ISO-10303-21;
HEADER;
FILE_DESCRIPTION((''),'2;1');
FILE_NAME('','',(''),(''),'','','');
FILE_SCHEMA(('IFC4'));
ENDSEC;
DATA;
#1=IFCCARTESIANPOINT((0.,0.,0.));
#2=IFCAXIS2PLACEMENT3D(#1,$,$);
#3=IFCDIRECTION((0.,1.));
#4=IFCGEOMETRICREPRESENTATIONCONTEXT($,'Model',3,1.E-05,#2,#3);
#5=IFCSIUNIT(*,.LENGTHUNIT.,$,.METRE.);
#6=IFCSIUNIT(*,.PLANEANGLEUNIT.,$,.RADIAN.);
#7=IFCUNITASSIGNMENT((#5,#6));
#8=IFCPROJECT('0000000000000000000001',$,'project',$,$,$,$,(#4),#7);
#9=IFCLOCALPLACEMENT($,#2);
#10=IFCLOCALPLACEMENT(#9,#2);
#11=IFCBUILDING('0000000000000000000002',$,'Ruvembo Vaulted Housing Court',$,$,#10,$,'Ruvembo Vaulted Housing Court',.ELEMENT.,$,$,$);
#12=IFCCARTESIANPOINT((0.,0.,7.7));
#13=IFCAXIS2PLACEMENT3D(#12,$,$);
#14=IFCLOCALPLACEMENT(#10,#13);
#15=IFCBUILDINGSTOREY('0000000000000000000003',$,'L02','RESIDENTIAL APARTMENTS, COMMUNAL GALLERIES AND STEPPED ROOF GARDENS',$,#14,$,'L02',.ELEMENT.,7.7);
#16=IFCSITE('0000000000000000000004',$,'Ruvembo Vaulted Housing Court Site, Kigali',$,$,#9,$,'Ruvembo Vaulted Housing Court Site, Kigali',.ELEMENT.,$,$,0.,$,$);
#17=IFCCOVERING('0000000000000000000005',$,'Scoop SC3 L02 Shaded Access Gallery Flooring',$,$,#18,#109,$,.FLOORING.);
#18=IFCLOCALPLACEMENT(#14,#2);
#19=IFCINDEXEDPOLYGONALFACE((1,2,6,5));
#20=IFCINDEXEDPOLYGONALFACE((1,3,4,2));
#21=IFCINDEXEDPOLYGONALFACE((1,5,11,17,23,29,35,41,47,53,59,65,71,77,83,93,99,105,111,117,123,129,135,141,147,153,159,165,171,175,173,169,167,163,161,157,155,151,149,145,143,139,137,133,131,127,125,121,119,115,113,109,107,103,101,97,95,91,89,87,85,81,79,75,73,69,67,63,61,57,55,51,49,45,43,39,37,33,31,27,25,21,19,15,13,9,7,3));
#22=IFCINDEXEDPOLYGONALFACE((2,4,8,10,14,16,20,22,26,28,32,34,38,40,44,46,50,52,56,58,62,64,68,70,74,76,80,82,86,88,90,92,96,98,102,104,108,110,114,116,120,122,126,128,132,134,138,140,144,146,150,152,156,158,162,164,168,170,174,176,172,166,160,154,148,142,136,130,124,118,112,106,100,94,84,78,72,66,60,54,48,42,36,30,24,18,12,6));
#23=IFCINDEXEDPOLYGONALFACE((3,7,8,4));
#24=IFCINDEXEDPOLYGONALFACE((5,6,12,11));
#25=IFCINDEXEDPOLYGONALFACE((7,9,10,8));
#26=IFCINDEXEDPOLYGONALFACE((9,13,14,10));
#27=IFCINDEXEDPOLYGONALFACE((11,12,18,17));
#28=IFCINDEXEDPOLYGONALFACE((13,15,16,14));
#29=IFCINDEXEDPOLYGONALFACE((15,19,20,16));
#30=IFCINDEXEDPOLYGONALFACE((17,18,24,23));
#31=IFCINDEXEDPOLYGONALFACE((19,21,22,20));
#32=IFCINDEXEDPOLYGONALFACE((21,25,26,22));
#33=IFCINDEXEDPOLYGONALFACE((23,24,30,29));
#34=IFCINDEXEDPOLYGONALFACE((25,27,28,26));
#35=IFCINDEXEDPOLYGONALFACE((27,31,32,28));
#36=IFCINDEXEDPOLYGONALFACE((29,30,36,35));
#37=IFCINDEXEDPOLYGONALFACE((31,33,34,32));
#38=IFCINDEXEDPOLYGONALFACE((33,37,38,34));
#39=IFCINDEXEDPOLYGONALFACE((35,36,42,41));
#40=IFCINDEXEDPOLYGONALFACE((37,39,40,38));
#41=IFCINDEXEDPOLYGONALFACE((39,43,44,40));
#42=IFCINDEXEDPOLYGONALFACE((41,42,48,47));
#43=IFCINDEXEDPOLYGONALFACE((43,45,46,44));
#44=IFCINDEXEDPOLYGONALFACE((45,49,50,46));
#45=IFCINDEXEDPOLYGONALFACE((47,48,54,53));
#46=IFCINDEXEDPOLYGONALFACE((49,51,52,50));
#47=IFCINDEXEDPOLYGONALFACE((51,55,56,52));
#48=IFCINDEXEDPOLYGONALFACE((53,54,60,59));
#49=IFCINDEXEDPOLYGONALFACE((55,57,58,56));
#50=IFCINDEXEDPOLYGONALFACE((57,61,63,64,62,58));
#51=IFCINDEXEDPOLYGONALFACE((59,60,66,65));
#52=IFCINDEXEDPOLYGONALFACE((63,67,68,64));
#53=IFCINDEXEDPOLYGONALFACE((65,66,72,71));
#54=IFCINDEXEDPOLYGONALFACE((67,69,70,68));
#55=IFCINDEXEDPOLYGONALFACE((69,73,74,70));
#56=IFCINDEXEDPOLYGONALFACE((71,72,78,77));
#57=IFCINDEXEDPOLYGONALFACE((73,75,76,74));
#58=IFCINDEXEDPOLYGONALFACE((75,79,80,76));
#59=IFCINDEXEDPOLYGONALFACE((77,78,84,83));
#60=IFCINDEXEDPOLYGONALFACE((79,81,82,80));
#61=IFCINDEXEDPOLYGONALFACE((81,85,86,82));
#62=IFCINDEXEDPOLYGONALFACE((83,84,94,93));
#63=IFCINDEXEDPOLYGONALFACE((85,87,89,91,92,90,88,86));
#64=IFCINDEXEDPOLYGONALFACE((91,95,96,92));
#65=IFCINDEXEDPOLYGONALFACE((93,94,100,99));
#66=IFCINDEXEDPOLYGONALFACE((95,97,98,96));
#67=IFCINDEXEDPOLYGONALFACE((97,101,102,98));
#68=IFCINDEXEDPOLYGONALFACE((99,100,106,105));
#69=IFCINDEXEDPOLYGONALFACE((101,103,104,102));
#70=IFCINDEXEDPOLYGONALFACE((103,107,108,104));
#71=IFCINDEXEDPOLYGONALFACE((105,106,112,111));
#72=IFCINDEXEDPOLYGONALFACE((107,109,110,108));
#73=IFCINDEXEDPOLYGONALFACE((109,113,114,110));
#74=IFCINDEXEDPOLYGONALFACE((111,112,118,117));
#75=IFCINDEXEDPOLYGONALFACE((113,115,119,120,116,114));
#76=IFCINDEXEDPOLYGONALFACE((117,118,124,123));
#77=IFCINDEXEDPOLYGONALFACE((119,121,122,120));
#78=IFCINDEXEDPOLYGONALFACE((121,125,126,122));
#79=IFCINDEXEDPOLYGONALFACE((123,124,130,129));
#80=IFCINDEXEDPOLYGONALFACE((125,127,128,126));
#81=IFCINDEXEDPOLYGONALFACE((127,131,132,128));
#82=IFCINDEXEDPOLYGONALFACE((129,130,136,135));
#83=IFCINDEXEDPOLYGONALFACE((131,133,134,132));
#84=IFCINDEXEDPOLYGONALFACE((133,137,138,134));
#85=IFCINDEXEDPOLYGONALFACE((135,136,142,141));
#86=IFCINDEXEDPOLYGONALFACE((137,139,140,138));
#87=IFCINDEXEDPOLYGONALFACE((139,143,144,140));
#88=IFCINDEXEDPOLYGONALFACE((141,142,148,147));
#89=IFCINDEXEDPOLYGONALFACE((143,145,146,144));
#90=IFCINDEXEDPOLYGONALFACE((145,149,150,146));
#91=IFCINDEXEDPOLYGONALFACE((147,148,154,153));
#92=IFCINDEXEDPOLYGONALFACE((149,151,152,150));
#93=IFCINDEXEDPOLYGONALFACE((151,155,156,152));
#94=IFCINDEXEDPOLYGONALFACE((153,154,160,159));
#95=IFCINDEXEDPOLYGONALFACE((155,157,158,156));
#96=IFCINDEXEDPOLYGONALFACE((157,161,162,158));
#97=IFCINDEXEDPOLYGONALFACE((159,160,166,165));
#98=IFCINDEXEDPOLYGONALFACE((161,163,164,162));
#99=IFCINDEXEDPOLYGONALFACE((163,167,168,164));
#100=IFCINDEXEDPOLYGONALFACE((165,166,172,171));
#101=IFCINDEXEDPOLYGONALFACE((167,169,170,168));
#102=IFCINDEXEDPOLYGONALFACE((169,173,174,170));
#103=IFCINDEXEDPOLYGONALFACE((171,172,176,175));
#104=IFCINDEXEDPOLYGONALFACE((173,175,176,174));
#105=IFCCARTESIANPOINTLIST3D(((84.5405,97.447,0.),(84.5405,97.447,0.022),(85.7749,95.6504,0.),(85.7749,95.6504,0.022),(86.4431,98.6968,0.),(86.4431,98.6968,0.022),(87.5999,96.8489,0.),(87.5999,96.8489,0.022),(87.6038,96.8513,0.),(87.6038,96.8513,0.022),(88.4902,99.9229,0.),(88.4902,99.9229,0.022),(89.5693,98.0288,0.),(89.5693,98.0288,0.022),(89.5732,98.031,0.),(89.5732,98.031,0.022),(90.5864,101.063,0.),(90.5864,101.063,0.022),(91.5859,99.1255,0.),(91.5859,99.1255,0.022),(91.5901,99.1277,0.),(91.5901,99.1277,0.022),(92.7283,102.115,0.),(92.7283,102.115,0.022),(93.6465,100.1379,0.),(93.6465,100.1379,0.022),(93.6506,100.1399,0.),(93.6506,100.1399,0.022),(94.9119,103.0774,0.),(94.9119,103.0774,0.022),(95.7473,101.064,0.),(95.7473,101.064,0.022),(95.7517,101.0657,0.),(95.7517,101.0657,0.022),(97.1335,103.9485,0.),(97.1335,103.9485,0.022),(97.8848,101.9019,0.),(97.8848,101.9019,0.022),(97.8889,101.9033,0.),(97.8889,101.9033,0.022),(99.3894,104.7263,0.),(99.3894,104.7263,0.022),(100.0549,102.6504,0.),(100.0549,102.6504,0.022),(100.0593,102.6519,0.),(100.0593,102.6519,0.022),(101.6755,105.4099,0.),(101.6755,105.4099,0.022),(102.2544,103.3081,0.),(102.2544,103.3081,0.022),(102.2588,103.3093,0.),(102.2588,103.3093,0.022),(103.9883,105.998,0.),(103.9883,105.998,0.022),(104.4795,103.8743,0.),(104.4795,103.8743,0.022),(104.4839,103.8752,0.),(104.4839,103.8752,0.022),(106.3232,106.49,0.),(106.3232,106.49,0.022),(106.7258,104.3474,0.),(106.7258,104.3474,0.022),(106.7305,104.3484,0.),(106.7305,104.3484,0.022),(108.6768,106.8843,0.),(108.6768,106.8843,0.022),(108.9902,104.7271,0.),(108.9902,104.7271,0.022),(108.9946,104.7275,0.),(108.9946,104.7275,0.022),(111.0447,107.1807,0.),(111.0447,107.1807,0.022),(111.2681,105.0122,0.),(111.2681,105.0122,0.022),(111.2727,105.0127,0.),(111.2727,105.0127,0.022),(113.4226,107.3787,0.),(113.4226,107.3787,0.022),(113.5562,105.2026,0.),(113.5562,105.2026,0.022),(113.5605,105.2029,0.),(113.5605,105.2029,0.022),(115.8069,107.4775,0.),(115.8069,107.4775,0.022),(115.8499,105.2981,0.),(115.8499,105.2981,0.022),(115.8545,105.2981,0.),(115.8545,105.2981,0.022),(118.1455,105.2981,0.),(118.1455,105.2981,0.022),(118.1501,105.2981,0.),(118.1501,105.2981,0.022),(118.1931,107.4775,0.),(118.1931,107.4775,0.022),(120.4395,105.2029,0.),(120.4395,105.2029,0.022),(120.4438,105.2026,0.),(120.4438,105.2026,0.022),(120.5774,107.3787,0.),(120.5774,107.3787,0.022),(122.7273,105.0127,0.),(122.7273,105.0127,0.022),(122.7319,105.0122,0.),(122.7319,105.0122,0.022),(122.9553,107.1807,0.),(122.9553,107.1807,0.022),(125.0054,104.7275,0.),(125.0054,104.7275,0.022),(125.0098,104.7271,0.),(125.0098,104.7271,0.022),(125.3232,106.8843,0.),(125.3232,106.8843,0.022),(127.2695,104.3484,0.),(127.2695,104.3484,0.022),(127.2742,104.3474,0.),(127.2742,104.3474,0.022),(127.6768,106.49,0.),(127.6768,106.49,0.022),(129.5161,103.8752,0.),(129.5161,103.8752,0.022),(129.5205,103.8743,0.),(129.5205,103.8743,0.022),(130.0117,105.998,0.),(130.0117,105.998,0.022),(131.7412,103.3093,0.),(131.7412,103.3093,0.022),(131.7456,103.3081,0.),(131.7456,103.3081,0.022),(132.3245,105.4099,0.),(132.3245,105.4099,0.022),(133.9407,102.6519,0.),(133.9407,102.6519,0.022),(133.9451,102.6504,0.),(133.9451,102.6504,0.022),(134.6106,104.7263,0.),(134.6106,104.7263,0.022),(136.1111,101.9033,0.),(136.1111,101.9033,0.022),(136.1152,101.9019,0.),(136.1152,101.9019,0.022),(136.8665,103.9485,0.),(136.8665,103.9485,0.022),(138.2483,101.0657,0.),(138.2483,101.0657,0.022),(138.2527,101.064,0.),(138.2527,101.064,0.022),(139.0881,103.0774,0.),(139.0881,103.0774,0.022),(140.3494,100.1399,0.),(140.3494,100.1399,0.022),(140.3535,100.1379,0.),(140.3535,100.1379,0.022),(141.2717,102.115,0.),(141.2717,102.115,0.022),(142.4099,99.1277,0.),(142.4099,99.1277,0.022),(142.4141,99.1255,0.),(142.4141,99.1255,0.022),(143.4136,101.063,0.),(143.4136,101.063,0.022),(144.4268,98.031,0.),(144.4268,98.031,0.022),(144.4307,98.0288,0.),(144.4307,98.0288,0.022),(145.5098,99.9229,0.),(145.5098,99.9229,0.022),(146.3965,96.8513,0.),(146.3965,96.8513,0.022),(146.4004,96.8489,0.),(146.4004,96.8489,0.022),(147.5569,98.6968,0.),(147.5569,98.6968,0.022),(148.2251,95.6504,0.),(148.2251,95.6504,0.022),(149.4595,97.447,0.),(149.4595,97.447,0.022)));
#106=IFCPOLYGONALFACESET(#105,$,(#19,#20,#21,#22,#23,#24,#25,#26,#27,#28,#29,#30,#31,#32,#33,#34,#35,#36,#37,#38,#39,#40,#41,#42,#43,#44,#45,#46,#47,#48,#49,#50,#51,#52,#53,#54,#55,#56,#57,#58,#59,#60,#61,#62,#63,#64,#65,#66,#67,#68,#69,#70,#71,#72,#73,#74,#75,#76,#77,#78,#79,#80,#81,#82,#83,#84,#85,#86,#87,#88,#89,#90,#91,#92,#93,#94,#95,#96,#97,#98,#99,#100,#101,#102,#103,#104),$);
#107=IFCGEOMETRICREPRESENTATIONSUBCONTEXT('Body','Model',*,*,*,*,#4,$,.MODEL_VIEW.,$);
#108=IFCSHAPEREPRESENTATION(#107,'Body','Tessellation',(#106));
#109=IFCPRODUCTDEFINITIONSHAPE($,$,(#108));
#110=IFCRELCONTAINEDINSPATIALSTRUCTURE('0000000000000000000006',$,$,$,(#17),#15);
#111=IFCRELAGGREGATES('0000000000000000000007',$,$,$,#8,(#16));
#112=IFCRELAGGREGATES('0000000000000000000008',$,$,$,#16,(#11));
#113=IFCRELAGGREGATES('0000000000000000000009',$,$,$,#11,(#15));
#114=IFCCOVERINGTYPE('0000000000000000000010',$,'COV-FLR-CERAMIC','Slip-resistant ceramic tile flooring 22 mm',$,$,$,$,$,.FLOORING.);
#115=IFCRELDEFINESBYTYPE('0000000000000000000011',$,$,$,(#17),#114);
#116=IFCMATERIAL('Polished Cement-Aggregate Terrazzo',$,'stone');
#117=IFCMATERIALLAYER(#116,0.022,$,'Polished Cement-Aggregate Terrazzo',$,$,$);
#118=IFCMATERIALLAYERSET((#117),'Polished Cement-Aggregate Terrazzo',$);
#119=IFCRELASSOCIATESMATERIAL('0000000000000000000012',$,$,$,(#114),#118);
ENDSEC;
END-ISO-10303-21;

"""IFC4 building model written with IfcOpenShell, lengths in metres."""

from ifc_helpers import new_model, si_unit, direction, frame, origin, place, context, subcontext, project, spatial, polyline, outline, extrude, material, layer, layer_set, type_object, element, save


model = new_model("IFC4")

# Units and contexts
model_context = context("Model", 3, precision=1e-05, world=origin(), true_north=direction((0.0, 1.0)))
body_context = subcontext(model_context, "Body", "Model", "MODEL_VIEW")
ifc_project = project(units=[si_unit("LENGTHUNIT", "METRE"), si_unit("PLANEANGLEUNIT", "RADIAN")], contexts=[model_context])

# Site, building, storey
site_placement = place(None, origin())
site = spatial("IfcSite", under=ifc_project, at=site_placement, Name="Ruvembo Vaulted Housing Court Site, Kigali", LongName="Ruvembo Vaulted Housing Court Site, Kigali", CompositionType="ELEMENT", RefElevation=0.0)
building_placement = place(site_placement, origin())
building = spatial("IfcBuilding", under=site, at=building_placement, Name="Ruvembo Vaulted Housing Court", LongName="Ruvembo Vaulted Housing Court", CompositionType="ELEMENT")
storey_placement = place(building_placement, frame((0.0, 0.0, 7.7)))
storey = spatial("IfcBuildingStorey", under=building, at=storey_placement, Name="L02", Description="RESIDENTIAL APARTMENTS, COMMUNAL GALLERIES AND STEPPED ROOF GARDENS", LongName="L02", CompositionType="ELEMENT", Elevation=7.7)

# Covering
ifc_material_1 = material(Name="Polished Cement-Aggregate Terrazzo", Category="stone")
ifc_layer_1 = layer(ifc_material_1, 0.022, Name="Polished Cement-Aggregate Terrazzo")
ifc_layer_set_1 = layer_set([ifc_layer_1], Name="Polished Cement-Aggregate Terrazzo")
covering_type_1 = type_object("IfcCoveringType", Name="COV-FLR-CERAMIC", Description="Slip-resistant ceramic tile flooring 22 mm", PredefinedType="FLOORING", material=ifc_layer_set_1)
covering_1_placement = place(storey_placement, origin())
element("IfcCovering", 1, at=covering_1_placement, inside=storey, type_object=covering_type_1, Name="Scoop SC3 L02 Shaded Access Gallery Flooring", PredefinedType="FLOORING", context=body_context, shape_type="SweptSolid", body=[
    extrude(outline(polyline([(87.5999, 96.8489), (87.6038, 96.8513), (89.5693, 98.0288), (89.5732, 98.031), (91.5859, 99.1255), (91.5901, 99.1277), (93.6465, 100.1379), (93.6506, 100.1399), (95.7473, 101.064), (95.7517, 101.0657), (97.8848, 101.9019), (97.8889, 101.9033), (100.0549, 102.6504), (100.0593, 102.6519), (102.2544, 103.3081), (102.2588, 103.3093), (104.4795, 103.8743), (104.4839, 103.8752), (106.7258, 104.3474), (106.7305, 104.3484), (108.9902, 104.7271), (108.9946, 104.7275), (111.2681, 105.0122), (111.2727, 105.0127), (113.5562, 105.2026), (113.5605, 105.2029), (115.8499, 105.2981), (115.8545, 105.2981), (118.1455, 105.2981), (118.1501, 105.2981), (120.4395, 105.2029), (120.4438, 105.2026), (122.7273, 105.0127), (122.7319, 105.0122), (125.0054, 104.7275), (125.0098, 104.7271), (127.2695, 104.3484), (127.2742, 104.3474), (129.5161, 103.8752), (129.5205, 103.8743), (131.7412, 103.3093), (131.7456, 103.3081), (133.9407, 102.6519), (133.9451, 102.6504), (136.1111, 101.9033), (136.1152, 101.9019), (138.2483, 101.0657), (138.2527, 101.064), (140.3494, 100.1399), (140.3535, 100.1379), (142.4099, 99.1277), (142.4141, 99.1255), (144.4268, 98.031), (144.4307, 98.0288), (146.3965, 96.8513), (146.4004, 96.8489), (148.2251, 95.6504), (149.4595, 97.447), (147.5569, 98.6968), (145.5098, 99.9229), (143.4136, 101.063), (141.2717, 102.115), (139.0881, 103.0774), (136.8665, 103.9485), (134.6106, 104.7263), (132.3245, 105.4099), (130.0117, 105.998), (127.6768, 106.49), (125.3232, 106.8843), (122.9553, 107.1807), (120.5774, 107.3787), (118.1931, 107.4775), (115.8069, 107.4775), (113.4226, 107.3787), (111.0447, 107.1807), (108.6768, 106.8843), (106.3232, 106.49), (103.9883, 105.998), (101.6755, 105.4099), (99.3894, 104.7263), (97.1335, 103.9485), (94.9119, 103.0774), (92.7283, 102.115), (90.5864, 101.063), (88.4902, 99.9229), (86.4431, 98.6968), (84.5405, 97.447), (85.7749, 95.6504), (87.5999, 96.8489)])), origin(), (0.0, 0.0, 1.0), 0.022),
])

save(model, "model.ifc")
